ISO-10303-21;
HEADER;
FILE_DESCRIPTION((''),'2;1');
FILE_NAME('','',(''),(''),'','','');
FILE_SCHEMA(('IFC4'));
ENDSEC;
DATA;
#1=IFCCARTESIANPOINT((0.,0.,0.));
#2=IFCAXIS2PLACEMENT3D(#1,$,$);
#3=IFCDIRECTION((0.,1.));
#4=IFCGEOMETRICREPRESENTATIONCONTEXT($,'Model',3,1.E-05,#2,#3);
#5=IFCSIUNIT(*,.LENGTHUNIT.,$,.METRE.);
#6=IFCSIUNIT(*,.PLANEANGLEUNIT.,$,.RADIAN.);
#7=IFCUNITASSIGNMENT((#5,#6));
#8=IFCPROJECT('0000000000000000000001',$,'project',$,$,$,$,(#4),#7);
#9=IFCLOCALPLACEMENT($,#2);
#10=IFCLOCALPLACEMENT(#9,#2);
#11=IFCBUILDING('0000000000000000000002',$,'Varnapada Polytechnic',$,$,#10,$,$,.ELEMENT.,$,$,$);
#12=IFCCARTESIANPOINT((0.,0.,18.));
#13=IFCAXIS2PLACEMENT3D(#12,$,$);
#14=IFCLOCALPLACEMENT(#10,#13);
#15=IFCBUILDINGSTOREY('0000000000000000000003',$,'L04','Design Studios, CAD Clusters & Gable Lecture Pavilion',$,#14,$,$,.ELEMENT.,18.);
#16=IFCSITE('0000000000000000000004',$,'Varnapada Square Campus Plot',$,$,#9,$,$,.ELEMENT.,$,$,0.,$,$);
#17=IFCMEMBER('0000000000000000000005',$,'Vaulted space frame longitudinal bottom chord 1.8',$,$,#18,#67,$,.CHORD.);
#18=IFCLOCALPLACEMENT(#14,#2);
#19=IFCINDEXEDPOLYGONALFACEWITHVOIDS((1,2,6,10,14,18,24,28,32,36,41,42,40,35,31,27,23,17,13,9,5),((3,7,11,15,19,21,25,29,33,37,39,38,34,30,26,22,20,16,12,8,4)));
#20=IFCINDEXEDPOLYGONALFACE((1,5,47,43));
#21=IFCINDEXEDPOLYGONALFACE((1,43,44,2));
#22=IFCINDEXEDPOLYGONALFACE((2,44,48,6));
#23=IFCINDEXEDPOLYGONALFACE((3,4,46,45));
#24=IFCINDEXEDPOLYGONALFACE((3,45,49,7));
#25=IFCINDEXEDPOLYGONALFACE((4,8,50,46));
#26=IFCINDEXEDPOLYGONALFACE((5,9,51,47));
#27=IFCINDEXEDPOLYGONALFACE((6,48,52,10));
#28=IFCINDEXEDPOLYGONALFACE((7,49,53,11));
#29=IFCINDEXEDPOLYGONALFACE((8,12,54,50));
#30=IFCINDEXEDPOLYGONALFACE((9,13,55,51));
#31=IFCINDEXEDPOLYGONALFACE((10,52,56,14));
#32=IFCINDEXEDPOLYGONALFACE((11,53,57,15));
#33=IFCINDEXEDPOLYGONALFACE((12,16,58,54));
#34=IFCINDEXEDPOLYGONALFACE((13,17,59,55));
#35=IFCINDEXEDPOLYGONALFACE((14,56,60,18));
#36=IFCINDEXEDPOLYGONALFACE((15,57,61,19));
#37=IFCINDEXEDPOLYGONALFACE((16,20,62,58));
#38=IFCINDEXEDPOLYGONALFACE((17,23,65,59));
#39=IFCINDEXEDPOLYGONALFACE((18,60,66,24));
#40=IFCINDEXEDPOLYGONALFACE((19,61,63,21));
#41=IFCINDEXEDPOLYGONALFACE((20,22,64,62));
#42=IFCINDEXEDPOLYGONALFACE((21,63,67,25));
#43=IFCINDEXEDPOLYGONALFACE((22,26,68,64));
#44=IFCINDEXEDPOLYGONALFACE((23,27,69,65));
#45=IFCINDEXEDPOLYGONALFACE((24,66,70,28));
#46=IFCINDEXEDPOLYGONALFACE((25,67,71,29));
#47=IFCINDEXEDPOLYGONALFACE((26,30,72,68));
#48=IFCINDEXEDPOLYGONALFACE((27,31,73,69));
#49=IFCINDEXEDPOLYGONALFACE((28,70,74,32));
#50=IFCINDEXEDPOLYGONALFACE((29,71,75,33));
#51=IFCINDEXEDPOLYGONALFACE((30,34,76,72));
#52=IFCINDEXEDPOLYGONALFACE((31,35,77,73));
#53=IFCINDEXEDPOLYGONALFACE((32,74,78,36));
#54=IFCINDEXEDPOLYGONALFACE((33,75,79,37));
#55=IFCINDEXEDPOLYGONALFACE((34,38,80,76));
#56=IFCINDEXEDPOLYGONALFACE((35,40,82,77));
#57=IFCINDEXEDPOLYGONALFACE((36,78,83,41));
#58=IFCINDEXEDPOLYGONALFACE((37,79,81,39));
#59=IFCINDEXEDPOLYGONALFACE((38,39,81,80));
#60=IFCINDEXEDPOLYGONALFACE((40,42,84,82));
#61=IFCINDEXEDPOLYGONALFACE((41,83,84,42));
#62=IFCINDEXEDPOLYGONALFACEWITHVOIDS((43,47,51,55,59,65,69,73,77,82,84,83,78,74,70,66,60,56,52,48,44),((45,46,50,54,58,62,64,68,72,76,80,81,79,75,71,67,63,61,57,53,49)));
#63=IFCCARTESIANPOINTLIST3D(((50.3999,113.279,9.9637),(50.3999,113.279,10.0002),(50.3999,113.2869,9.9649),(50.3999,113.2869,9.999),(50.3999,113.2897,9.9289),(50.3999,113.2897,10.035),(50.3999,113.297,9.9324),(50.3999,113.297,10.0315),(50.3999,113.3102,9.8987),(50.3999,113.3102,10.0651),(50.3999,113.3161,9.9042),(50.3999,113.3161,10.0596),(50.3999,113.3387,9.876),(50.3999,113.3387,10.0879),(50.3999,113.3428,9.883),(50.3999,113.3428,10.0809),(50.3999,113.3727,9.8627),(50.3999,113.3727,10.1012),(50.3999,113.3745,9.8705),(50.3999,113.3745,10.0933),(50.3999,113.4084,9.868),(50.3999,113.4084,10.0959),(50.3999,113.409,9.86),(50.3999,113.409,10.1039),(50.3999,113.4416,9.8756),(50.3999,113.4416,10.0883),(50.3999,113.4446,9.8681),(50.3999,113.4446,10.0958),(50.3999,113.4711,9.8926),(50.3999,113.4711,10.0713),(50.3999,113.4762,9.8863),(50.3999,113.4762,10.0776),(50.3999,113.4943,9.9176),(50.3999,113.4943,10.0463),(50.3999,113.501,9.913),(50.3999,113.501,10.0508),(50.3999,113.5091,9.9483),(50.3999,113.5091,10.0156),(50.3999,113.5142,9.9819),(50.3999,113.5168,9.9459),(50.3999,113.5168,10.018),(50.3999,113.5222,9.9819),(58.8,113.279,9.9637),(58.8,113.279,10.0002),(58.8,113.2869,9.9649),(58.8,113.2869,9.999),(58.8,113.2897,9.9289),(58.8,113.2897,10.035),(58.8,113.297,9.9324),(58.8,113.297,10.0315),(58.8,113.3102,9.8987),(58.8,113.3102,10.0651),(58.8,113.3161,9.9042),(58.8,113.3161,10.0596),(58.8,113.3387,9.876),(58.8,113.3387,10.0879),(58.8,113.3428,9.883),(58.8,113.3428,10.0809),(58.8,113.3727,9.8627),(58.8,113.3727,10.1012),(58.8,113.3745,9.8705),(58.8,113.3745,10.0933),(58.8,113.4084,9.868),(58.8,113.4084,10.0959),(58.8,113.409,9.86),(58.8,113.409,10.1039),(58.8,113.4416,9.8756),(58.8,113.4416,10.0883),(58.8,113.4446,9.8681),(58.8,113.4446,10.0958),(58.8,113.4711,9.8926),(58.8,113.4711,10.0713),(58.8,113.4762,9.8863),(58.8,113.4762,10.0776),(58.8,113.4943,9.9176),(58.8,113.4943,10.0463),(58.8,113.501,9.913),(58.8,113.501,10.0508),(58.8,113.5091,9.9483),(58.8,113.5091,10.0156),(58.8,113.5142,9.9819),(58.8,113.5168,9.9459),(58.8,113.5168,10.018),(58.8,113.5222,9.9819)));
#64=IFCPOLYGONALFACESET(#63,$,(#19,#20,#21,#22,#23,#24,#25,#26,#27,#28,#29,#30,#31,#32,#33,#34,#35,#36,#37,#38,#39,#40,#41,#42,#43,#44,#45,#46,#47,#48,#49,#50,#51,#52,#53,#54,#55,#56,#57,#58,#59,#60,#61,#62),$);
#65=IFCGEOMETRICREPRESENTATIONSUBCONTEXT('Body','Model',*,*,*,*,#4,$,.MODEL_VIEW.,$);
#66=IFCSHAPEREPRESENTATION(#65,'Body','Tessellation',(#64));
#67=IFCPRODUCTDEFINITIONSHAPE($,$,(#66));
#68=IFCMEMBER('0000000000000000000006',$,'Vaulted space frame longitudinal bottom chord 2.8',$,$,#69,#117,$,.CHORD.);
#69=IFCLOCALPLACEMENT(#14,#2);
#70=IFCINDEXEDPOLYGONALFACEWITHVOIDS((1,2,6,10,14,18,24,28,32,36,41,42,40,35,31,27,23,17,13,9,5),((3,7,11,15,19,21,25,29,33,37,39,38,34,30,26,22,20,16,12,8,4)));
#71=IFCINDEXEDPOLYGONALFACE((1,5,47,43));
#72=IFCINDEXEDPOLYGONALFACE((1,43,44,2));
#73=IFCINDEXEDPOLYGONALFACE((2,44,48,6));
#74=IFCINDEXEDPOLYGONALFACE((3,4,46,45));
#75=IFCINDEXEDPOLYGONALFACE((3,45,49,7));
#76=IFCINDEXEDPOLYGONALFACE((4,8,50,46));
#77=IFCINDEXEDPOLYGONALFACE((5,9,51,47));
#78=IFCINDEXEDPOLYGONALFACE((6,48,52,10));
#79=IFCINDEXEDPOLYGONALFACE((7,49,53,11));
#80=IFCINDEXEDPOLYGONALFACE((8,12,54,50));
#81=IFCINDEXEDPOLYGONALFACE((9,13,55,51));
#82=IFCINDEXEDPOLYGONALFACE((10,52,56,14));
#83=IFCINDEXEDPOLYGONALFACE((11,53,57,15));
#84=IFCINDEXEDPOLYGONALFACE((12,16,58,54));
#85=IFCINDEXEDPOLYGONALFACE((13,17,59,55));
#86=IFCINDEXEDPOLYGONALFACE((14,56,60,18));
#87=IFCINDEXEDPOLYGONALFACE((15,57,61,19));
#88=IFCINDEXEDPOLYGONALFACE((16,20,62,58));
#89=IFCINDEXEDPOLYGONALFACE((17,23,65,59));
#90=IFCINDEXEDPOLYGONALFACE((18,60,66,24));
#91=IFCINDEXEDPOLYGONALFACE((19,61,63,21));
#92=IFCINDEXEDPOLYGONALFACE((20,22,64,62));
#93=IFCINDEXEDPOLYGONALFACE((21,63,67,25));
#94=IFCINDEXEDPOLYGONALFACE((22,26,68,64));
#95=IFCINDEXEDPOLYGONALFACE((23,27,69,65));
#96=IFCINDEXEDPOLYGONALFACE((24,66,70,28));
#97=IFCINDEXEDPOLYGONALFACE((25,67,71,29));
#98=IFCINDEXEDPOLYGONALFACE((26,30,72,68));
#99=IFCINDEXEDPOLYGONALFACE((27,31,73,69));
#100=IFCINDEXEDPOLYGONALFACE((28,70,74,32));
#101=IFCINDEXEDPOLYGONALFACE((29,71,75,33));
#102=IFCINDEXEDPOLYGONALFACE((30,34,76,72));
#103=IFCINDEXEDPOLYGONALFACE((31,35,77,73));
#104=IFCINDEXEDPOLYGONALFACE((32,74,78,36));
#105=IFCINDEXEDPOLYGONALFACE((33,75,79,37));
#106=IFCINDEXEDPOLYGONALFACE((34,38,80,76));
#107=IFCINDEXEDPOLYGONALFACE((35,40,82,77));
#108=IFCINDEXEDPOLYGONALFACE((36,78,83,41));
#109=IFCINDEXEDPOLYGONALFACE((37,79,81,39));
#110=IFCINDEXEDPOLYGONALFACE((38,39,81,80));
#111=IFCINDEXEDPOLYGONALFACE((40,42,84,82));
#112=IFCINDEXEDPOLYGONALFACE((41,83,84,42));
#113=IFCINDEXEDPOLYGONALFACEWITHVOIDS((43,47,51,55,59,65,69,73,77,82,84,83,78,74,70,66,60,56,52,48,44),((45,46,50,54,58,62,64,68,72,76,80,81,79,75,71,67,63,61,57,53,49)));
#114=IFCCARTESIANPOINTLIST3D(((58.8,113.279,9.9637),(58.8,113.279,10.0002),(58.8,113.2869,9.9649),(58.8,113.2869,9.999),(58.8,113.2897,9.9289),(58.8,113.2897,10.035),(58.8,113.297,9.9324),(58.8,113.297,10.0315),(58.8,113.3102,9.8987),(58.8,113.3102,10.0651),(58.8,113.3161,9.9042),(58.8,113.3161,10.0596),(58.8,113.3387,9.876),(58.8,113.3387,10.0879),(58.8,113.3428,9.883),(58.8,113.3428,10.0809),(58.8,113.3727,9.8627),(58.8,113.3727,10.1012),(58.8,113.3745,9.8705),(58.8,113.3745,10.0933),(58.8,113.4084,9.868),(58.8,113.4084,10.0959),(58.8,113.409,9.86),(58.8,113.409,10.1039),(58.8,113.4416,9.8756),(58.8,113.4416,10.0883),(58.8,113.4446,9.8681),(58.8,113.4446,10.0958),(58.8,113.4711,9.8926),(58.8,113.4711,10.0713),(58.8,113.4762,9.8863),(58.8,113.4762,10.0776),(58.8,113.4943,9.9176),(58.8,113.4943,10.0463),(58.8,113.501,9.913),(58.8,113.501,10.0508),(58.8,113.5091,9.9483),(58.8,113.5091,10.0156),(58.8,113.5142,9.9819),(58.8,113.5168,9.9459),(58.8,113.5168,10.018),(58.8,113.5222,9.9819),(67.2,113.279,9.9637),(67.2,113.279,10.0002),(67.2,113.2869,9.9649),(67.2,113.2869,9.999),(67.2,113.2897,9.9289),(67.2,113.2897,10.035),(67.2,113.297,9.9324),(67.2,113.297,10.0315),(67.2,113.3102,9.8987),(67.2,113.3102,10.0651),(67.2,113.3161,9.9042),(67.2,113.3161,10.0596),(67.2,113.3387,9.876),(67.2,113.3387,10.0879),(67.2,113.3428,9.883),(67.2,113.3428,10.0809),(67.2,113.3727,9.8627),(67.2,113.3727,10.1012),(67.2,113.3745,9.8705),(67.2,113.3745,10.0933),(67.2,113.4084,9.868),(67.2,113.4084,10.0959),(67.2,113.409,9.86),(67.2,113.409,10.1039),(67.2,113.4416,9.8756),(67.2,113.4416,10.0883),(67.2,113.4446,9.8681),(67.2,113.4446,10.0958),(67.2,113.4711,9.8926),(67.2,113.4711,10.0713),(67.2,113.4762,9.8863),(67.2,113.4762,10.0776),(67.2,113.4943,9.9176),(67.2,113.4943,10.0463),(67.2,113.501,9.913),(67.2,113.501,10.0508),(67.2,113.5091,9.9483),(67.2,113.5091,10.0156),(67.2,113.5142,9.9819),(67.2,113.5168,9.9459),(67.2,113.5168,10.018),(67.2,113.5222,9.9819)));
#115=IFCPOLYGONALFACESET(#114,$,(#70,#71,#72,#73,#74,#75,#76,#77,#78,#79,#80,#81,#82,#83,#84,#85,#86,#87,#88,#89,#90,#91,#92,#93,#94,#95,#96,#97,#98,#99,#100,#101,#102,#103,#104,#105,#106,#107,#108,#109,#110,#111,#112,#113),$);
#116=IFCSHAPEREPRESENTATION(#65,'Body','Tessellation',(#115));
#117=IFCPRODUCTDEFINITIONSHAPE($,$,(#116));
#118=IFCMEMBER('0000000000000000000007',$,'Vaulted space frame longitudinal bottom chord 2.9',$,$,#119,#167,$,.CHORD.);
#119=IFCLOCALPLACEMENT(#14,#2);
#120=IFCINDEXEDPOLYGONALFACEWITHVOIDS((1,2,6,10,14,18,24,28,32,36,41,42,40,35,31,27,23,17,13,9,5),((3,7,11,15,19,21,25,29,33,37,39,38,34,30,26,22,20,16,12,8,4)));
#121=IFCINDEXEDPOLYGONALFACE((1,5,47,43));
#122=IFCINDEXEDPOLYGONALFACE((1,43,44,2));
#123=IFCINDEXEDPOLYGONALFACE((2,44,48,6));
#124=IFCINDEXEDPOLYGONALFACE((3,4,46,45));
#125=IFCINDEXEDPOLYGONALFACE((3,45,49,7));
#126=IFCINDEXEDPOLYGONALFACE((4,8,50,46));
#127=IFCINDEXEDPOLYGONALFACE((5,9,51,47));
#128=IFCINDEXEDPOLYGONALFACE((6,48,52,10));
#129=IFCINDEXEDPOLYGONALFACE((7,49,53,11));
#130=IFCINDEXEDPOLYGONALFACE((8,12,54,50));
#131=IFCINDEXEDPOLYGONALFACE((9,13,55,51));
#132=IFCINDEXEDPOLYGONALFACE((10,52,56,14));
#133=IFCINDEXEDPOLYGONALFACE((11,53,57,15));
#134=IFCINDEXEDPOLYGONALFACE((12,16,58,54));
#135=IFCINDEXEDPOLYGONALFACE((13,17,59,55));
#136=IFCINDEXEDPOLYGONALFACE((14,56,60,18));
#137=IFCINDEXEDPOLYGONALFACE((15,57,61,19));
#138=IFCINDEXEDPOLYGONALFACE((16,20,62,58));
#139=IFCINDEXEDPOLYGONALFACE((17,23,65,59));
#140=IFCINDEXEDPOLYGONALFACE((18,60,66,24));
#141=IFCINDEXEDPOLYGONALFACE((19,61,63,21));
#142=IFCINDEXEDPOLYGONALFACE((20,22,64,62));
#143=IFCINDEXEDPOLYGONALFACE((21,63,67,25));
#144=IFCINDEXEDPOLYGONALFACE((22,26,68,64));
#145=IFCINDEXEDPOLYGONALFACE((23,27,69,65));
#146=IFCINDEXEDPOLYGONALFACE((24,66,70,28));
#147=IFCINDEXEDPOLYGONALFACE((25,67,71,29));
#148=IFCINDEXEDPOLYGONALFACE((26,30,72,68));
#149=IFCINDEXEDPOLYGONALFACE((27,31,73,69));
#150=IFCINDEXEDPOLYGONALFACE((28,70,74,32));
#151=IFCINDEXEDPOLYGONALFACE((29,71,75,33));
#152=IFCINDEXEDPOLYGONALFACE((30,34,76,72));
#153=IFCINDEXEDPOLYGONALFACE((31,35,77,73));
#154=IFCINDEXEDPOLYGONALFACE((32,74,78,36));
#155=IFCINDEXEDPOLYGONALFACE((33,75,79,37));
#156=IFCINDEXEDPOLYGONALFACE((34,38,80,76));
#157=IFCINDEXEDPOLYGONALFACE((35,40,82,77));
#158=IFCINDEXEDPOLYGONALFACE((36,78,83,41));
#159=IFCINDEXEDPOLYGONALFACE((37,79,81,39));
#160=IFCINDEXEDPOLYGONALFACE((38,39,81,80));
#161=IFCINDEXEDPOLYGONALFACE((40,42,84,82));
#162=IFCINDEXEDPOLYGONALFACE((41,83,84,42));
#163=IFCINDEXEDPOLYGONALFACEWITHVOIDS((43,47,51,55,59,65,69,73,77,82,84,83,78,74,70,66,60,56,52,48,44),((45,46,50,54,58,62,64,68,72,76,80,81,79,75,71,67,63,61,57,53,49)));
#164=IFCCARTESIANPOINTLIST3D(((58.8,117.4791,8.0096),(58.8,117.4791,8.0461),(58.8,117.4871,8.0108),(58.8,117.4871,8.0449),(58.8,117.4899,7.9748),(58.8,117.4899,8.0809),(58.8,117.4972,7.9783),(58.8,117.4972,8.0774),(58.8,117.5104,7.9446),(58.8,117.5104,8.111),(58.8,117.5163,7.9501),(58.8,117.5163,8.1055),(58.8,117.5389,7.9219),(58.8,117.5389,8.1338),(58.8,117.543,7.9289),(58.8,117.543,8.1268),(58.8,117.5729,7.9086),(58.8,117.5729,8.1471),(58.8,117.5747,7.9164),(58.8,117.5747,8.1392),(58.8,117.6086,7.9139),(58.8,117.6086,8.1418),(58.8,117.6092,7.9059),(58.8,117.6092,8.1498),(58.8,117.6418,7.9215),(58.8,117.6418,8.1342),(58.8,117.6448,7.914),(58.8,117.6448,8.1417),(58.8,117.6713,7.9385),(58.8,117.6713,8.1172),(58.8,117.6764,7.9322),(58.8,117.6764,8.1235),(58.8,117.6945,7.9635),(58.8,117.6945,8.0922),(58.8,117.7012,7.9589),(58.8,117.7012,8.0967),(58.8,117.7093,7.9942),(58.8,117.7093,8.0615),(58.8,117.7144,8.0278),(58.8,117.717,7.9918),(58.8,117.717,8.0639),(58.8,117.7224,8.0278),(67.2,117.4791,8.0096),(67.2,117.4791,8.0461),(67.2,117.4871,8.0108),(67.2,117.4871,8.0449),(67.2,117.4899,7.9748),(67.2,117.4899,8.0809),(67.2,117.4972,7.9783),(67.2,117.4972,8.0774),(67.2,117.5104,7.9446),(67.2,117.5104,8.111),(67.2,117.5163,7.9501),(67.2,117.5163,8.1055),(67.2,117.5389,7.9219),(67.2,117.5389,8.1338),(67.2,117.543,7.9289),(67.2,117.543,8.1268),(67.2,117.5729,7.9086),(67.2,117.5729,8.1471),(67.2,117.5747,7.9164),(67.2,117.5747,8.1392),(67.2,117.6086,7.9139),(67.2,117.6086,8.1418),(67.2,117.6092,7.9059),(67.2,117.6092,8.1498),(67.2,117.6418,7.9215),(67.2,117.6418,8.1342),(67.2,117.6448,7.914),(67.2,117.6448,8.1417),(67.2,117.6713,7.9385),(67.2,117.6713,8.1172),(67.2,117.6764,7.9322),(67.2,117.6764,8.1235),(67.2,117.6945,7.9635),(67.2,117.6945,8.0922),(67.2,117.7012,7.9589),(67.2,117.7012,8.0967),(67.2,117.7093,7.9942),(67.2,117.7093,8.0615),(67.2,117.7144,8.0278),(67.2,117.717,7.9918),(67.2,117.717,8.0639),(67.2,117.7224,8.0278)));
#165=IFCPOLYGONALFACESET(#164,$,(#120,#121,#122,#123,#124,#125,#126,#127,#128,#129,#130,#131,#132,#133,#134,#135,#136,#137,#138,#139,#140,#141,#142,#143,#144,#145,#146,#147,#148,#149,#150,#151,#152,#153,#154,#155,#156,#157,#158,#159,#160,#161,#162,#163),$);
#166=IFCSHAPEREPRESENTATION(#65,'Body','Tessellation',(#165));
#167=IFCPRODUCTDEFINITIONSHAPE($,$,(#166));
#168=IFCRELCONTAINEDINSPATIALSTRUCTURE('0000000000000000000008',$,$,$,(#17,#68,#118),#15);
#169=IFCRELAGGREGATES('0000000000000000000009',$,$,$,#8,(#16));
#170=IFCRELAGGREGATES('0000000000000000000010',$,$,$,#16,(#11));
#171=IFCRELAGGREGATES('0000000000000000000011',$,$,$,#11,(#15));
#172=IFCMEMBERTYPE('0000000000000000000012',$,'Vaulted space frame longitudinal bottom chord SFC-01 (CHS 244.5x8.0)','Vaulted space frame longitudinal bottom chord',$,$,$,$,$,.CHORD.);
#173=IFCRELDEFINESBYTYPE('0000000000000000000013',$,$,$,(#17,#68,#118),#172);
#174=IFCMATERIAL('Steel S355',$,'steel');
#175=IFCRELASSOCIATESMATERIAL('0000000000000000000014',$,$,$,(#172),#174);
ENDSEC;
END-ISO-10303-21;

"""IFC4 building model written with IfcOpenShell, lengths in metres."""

from ifc_helpers import new_model, si_unit, direction, frame, origin, origin_2d, place, context, subcontext, project, spatial, hollow_circle, extrude, material, material_profile, profile_set, type_object, element, save


model = new_model("IFC4")

# Units and contexts
model_context = context("Model", 3, precision=1e-05, world=origin(), true_north=direction((0.0, 1.0)))
body_context = subcontext(model_context, "Body", "Model", "MODEL_VIEW")
ifc_project = project(units=[si_unit("LENGTHUNIT", "METRE"), si_unit("PLANEANGLEUNIT", "RADIAN")], contexts=[model_context])

# Site, building, storey
site_placement = place(None, origin())
site = spatial("IfcSite", under=ifc_project, at=site_placement, Name="Varnapada Square Campus Plot", CompositionType="ELEMENT", RefElevation=0.0)
building_placement = place(site_placement, origin())
building = spatial("IfcBuilding", under=site, at=building_placement, Name="Varnapada Polytechnic", CompositionType="ELEMENT")
storey_placement = place(building_placement, frame((0.0, 0.0, 18.0)))
storey = spatial("IfcBuildingStorey", under=building, at=storey_placement, Name="L04", Description="Design Studios, CAD Clusters & Gable Lecture Pavilion", CompositionType="ELEMENT", Elevation=18.0)

# Shared definitions
ifc_material = material(Name="Steel S355", Category="steel")

# Members
ifc_material_profile_1 = material_profile(ifc_material, hollow_circle(Radius=0.1223, WallThickness=0.0081, at=origin_2d()), Name="CHS 244.5x8.0")
ifc_profile_set_1 = profile_set([ifc_material_profile_1], Name="Steel S355")
member_type_1 = type_object("IfcMemberType", Name="Vaulted space frame longitudinal bottom chord SFC-01 (CHS 244.5x8.0)", Description="Vaulted space frame longitudinal bottom chord", PredefinedType="CHORD", material=ifc_profile_set_1)
member_1_placement = place(storey_placement, frame((50.3999, 113.3999, 9.9819), z_axis=(1.0, 0.0, 0.0), x_axis=(0.0, 1.0, 0.0)))
element("IfcMember", 1, at=member_1_placement, inside=storey, type_object=member_type_1, Name="Vaulted space frame longitudinal bottom chord 1.8", PredefinedType="CHORD", context=body_context, shape_type="SweptSolid", body=[
    extrude(hollow_circle(Radius=0.1223, WallThickness=0.0081, at=origin_2d()), origin(), (0.0, 0.0, 1.0), 8.4001),
])
for number, where, z_axis, x_axis, name in (
    (2, (58.8, 113.3999, 9.9819), (1.0, 0.0, 0.0), (0.0, 1.0, 0.0), "Vaulted space frame longitudinal bottom chord 2.8"),
    (3, (58.8, 117.6001, 8.0278), (1.0, 0.0, 0.0), (0.0, 1.0, 0.0), "Vaulted space frame longitudinal bottom chord 2.9"),
):
    element("IfcMember", number, at=place(storey_placement, frame(where, z_axis=z_axis, x_axis=x_axis)), inside=storey, type_object=member_type_1, Name=name, PredefinedType="CHORD", context=body_context, shape_type="SweptSolid", body=[
        extrude(hollow_circle(Radius=0.1223, WallThickness=0.0081, at=origin_2d()), origin(), (0.0, 0.0, 1.0), 8.3999),
    ])

save(model, "model.ifc")
